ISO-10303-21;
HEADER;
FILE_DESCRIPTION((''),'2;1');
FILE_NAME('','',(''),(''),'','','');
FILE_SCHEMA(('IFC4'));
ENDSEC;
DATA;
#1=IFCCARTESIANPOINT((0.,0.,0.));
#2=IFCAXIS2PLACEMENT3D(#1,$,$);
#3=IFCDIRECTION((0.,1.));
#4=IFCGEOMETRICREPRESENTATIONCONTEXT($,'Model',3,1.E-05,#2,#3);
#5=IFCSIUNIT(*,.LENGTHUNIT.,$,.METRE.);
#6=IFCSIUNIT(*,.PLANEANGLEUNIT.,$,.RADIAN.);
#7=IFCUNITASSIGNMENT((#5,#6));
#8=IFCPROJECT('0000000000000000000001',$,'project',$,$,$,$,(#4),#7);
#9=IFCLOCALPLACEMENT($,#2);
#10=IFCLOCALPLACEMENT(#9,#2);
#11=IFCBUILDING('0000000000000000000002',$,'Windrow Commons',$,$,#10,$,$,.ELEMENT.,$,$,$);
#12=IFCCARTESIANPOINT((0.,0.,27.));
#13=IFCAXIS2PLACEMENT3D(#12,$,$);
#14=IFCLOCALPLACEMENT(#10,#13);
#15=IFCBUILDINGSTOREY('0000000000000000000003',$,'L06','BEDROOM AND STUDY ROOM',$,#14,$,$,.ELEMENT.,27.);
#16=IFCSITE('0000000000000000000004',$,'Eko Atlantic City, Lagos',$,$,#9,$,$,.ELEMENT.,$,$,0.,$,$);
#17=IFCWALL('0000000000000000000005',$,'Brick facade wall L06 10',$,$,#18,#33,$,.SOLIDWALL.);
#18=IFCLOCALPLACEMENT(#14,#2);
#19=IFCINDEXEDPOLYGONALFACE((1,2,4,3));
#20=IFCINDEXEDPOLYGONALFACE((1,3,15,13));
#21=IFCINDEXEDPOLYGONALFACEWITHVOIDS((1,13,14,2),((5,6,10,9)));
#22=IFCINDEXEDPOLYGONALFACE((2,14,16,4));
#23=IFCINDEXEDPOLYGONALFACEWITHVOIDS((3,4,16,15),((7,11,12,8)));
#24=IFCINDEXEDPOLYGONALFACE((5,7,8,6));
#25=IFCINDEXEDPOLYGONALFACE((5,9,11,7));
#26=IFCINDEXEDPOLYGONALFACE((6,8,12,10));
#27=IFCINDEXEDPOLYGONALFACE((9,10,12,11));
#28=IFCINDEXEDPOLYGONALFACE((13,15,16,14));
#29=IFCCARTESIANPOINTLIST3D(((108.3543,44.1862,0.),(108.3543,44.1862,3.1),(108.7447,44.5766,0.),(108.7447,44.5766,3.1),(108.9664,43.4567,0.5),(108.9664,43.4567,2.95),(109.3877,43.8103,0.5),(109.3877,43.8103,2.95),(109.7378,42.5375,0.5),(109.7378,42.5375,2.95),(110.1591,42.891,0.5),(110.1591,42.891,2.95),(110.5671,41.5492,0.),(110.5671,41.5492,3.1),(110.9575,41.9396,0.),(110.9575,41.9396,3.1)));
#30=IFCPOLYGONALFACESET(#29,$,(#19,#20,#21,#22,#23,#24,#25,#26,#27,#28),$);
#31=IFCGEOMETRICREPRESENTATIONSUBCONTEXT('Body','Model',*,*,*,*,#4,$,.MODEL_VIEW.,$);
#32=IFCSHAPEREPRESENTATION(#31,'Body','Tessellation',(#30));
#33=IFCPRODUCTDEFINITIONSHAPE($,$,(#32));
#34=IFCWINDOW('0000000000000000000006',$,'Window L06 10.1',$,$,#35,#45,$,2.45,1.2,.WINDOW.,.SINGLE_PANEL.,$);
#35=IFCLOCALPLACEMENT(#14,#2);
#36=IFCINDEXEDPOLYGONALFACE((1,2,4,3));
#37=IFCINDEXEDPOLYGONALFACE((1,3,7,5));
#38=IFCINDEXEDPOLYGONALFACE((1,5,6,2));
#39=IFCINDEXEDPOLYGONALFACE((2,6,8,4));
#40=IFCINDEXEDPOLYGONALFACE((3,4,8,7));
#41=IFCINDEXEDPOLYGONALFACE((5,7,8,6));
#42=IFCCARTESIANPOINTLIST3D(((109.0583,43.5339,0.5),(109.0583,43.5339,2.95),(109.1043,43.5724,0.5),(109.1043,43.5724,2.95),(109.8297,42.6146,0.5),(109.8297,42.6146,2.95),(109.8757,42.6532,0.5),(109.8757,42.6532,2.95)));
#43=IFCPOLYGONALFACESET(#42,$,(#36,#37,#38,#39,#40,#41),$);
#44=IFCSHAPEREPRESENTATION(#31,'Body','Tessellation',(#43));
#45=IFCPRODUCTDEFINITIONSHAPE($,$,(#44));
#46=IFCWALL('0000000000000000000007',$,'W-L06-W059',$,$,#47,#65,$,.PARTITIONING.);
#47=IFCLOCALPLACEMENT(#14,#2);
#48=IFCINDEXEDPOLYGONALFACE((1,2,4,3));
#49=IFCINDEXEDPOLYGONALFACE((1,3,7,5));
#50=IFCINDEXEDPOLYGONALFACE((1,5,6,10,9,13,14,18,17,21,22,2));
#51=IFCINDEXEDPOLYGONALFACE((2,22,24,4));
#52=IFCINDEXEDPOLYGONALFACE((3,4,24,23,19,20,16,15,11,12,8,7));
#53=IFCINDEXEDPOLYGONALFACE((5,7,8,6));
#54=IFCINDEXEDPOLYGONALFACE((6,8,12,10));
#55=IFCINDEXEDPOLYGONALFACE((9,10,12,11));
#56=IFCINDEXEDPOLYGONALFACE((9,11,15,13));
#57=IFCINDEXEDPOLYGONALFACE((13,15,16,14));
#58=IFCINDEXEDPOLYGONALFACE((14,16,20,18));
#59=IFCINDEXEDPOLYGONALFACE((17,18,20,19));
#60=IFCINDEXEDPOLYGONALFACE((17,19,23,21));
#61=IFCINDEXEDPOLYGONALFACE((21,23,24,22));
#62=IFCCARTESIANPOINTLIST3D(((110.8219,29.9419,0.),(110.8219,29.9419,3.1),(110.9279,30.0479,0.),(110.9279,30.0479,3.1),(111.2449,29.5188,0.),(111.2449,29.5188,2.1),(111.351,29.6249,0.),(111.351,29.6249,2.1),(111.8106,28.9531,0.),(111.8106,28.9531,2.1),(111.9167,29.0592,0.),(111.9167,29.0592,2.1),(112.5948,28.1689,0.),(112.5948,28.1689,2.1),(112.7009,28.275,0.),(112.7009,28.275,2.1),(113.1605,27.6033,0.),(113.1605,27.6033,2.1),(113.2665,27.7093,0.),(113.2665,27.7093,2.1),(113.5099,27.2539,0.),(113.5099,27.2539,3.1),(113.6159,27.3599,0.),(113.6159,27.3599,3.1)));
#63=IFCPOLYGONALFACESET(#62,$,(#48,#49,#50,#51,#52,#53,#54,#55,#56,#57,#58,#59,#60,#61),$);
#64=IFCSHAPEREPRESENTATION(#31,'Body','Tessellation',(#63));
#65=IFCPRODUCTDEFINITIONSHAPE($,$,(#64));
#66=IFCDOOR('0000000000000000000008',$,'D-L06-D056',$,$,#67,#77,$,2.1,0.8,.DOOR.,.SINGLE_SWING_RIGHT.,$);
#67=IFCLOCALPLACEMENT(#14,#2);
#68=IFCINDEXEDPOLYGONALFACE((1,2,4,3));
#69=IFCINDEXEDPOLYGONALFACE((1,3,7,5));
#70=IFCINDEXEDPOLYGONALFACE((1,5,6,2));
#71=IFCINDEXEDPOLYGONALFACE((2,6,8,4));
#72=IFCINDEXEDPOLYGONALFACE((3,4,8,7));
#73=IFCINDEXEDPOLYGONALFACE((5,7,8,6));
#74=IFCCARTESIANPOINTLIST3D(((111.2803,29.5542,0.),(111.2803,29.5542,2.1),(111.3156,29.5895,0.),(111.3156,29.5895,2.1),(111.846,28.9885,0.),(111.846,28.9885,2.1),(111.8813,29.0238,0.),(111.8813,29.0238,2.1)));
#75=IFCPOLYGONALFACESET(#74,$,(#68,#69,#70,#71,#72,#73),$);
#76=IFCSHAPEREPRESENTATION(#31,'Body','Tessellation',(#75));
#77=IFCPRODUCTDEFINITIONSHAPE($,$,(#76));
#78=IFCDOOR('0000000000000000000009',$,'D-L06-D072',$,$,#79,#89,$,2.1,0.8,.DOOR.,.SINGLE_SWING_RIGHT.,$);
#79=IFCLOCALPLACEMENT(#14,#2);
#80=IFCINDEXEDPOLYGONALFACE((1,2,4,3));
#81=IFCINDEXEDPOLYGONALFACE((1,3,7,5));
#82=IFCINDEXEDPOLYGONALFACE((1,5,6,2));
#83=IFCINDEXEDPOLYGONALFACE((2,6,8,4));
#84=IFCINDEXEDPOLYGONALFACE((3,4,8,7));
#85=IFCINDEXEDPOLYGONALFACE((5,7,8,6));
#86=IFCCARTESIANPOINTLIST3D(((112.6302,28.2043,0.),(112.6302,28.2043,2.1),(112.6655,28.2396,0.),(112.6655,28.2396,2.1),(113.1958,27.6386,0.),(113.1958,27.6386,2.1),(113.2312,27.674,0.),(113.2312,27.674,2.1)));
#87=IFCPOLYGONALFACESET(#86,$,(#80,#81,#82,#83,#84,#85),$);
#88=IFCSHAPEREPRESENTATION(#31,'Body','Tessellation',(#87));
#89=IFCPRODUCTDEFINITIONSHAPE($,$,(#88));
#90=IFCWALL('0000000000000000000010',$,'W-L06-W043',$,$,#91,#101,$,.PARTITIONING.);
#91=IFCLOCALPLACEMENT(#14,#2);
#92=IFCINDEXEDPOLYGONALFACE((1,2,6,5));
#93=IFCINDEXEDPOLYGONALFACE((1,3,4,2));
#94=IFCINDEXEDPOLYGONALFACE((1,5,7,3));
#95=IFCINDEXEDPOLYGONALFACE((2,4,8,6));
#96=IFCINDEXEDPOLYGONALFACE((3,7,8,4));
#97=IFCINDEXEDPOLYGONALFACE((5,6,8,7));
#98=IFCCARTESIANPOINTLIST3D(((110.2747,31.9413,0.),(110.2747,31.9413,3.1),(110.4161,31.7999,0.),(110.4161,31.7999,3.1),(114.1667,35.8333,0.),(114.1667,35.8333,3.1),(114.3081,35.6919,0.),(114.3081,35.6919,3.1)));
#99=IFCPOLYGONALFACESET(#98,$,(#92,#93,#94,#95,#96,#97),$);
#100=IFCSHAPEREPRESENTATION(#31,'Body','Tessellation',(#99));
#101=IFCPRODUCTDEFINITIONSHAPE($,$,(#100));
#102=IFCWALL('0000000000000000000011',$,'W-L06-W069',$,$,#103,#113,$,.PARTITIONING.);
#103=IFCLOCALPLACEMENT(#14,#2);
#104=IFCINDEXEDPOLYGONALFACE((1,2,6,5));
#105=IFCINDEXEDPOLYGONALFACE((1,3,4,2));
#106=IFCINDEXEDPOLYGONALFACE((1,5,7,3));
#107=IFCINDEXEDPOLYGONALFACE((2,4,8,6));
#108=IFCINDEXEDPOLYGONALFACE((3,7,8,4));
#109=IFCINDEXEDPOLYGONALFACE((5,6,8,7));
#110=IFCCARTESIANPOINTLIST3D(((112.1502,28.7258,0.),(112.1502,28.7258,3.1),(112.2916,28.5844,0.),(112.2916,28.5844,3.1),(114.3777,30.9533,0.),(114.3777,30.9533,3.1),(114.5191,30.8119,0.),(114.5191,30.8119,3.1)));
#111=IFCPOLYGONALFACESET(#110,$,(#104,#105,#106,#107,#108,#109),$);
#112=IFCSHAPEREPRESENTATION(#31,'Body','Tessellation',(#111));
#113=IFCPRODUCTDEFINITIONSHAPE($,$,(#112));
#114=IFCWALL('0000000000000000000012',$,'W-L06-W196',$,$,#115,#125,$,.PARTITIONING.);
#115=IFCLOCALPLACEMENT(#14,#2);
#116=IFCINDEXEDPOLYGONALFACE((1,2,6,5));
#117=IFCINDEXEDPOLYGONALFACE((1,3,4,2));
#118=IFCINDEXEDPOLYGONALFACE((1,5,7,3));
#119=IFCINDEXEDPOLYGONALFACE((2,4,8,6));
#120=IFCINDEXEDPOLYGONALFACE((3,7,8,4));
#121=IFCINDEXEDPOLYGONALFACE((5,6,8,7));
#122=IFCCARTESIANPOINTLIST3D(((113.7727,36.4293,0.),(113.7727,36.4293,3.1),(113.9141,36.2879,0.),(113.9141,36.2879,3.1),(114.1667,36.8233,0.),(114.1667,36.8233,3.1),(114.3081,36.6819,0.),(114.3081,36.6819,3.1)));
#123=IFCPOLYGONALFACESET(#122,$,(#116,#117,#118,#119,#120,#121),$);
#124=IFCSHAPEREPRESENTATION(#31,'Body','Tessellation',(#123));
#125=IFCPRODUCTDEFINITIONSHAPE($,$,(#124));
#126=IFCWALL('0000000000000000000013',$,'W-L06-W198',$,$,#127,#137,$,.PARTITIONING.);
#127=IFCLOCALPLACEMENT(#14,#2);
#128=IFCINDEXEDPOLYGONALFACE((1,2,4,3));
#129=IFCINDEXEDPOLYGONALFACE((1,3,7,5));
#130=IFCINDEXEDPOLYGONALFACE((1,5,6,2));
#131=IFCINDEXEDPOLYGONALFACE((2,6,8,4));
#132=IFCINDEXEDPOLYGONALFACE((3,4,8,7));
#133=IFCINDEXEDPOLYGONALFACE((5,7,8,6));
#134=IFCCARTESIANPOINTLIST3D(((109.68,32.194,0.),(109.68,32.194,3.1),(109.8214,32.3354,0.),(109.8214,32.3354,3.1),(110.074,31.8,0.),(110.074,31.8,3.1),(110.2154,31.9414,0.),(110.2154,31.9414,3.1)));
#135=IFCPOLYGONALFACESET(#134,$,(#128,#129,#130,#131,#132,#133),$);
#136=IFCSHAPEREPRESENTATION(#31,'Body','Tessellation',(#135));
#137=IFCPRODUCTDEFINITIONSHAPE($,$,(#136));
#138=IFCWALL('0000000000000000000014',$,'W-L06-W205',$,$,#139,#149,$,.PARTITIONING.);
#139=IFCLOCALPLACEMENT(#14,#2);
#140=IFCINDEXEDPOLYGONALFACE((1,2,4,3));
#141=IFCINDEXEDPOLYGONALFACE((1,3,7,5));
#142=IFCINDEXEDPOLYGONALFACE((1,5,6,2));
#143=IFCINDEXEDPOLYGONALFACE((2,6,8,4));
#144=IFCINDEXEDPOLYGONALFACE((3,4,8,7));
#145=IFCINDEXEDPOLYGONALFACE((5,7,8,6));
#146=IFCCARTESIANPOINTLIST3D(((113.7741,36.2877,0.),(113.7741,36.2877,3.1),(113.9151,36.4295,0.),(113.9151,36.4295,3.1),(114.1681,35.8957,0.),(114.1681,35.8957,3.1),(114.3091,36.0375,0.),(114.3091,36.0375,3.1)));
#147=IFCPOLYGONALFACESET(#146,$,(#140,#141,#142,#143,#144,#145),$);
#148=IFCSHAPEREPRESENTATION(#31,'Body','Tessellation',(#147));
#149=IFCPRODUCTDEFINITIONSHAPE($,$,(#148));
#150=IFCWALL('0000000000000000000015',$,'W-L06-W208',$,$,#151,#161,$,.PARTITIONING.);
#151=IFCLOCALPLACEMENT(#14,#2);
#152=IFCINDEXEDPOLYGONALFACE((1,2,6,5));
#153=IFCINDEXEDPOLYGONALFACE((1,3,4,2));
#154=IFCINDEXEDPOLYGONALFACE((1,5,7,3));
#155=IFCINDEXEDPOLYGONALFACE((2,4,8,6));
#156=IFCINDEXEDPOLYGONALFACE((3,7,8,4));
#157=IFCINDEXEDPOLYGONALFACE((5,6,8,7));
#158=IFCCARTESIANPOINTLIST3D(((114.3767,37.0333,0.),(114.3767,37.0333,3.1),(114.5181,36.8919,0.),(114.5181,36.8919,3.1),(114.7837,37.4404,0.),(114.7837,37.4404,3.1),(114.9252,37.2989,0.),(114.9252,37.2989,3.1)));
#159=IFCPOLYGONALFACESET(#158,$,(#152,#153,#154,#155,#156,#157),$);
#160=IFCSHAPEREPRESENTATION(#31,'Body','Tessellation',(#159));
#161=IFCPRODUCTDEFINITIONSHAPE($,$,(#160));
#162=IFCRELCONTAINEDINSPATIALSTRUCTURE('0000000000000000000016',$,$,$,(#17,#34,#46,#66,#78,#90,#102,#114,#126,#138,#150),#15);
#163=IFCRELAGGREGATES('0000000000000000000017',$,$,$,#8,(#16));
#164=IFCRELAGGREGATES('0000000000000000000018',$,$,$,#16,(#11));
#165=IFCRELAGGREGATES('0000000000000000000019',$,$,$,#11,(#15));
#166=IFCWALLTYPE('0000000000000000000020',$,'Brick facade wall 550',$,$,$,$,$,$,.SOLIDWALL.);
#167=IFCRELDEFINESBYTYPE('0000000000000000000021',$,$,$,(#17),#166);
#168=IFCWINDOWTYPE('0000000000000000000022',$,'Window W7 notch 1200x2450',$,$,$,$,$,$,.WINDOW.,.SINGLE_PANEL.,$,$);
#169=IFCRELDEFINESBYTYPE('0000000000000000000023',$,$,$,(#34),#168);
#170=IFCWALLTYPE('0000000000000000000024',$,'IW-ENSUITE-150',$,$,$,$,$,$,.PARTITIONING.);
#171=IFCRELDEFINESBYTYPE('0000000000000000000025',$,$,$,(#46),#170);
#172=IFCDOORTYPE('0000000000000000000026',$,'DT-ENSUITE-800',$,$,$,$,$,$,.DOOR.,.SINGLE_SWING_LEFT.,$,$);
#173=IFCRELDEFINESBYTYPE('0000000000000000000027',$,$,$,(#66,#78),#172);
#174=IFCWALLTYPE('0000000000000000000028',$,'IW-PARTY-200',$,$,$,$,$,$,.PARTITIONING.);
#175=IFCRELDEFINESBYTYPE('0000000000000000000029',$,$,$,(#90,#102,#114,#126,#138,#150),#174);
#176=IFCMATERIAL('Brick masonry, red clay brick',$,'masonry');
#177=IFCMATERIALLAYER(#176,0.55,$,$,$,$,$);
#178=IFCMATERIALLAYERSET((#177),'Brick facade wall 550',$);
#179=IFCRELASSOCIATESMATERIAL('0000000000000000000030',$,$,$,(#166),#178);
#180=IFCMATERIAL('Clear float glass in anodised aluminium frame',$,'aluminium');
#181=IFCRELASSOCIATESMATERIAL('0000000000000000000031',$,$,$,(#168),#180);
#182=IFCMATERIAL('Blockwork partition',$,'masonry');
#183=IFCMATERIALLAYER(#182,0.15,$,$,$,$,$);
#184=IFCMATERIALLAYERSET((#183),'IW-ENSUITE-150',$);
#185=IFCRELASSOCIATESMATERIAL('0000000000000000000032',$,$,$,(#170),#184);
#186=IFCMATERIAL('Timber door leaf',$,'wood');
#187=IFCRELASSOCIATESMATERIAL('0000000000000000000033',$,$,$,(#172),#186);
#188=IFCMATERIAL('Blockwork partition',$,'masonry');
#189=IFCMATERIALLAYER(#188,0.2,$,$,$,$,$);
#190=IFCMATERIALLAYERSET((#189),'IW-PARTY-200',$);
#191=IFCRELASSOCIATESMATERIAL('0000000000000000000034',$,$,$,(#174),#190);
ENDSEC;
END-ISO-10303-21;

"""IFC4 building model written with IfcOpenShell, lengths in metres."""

from ifc_helpers import new_model, si_unit, direction, frame, frame_2d, origin, place, context, subcontext, project, spatial, polyline, rectangle, outline, extrude, material, layer, layer_set, type_object, element, fill, save


model = new_model("IFC4")

# Units and contexts
model_context = context("Model", 3, precision=1e-05, world=origin(), true_north=direction((0.0, 1.0)))
body_context = subcontext(model_context, "Body", "Model", "MODEL_VIEW")
ifc_project = project(units=[si_unit("LENGTHUNIT", "METRE"), si_unit("PLANEANGLEUNIT", "RADIAN")], contexts=[model_context])

# Site, building, storey
site_placement = place(None, origin())
site = spatial("IfcSite", under=ifc_project, at=site_placement, Name="Eko Atlantic City, Lagos", CompositionType="ELEMENT", RefElevation=0.0)
building_placement = place(site_placement, origin())
building = spatial("IfcBuilding", under=site, at=building_placement, Name="Windrow Commons", CompositionType="ELEMENT")
storey_placement = place(building_placement, frame((0.0, 0.0, 27.0)))
storey = spatial("IfcBuildingStorey", under=building, at=storey_placement, Name="L06", Description="BEDROOM AND STUDY ROOM", CompositionType="ELEMENT", Elevation=27.0)

# Wall, opening, window
ifc_material_1 = material(Name="Brick masonry, red clay brick", Category="masonry")
ifc_layer_1 = layer(ifc_material_1, 0.55)
ifc_layer_set_1 = layer_set([ifc_layer_1], Name="Brick facade wall 550")
wall_type_1 = type_object("IfcWallType", Name="Brick facade wall 550", PredefinedType="SOLIDWALL", material=ifc_layer_set_1)
ifc_material_2 = material(Name="Clear float glass in anodised aluminium frame", Category="aluminium")
window_type_1 = type_object("IfcWindowType", Name="Window W7 notch 1200x2450", PartitioningType="SINGLE_PANEL", PredefinedType="WINDOW", material=ifc_material_2)
wall_1_placement = place(storey_placement, frame((110.7623, 41.7444, 0.0), z_axis=(0.0, 0.0, 1.0), x_axis=(-0.642804, 0.766031, 0.0)))
wall_1 = element("IfcWall", 1, at=wall_1_placement, inside=storey, type_object=wall_type_1, Name="Brick facade wall L06 10", PredefinedType="SOLIDWALL", context=body_context, shape_type="SweptSolid", body=[
    extrude(outline(polyline([(0.0241, -0.275), (3.4665, -0.275), (3.4184, 0.275), (-0.0241, 0.275), (0.0241, -0.275)])), origin(), (0.0, 0.0, 1.0), 3.1),
])
opening_1_placement = place(wall_1_placement, frame((1.2661, 0.0, 0.5)))
opening_1 = element("IfcOpeningElement", 2, at=opening_1_placement, cuts=wall_1, PredefinedType="OPENING", context=body_context, shape_type="SweptSolid", body=[
    extrude(rectangle(XDim=1.2, YDim=2.45, at=frame_2d((0.6, 1.225))), frame((0.0, 0.285, 0.0), z_axis=(0.0, -1.0, 0.0), x_axis=(1.0, 0.0, 0.0)), (0.0, 0.0, 1.0), 0.57),
])
window_1_placement = place(opening_1_placement, origin())
window_1 = element("IfcWindow", 3, at=window_1_placement, inside=storey, type_object=window_type_1, Name="Window L06 10.1", OverallHeight=2.45, OverallWidth=1.2, PartitioningType="SINGLE_PANEL", PredefinedType="WINDOW", context=body_context, shape_type="SweptSolid", body=[
    extrude(rectangle(XDim=1.2, YDim=2.45, at=frame_2d((0.6, 1.225))), frame((0.0, 0.155, 0.0), z_axis=(0.0, -1.0, 0.0), x_axis=(1.0, 0.0, 0.0)), (0.0, 0.0, 1.0), 0.06),
])
fill(opening_1, window_1)

# Wall, openings, doors
ifc_material_3 = material(Name="Blockwork partition", Category="masonry")
ifc_layer_2 = layer(ifc_material_3, 0.15)
ifc_layer_set_2 = layer_set([ifc_layer_2], Name="IW-ENSUITE-150")
wall_type_2 = type_object("IfcWallType", Name="IW-ENSUITE-150", PredefinedType="PARTITIONING", material=ifc_layer_set_2)
wall_2_placement = place(storey_placement, frame((110.8749, 29.9949, 0.0), z_axis=(0.0, 0.0, 1.0), x_axis=(0.707107, -0.707107, 0.0)))
wall_2 = element("IfcWall", 4, at=wall_2_placement, inside=storey, type_object=wall_type_2, Name="W-L06-W059", PredefinedType="PARTITIONING", context=body_context, shape_type="SweptSolid", body=[
    extrude(rectangle(XDim=3.8014, YDim=0.15, at=frame_2d((1.9007, 0.0))), origin(), (0.0, 0.0, 1.0), 3.1),
])
opening_2_placement = place(wall_2_placement, frame((0.5983, 0.0, 0.0)))
opening_2 = element("IfcOpeningElement", 5, at=opening_2_placement, cuts=wall_2, PredefinedType="OPENING", context=body_context, shape_type="SweptSolid", body=[
    extrude(rectangle(XDim=0.8, YDim=2.1, at=frame_2d((0.4, 1.05))), frame((0.0, 0.085, 0.0), z_axis=(0.0, -1.0, 0.0), x_axis=(1.0, 0.0, 0.0)), (0.0, 0.0, 1.0), 0.17),
])
opening_3_placement = place(wall_2_placement, frame((2.5073, 0.0, 0.0)))
opening_3 = element("IfcOpeningElement", 6, at=opening_3_placement, cuts=wall_2, PredefinedType="OPENING", context=body_context, shape_type="SweptSolid", body=[
    extrude(rectangle(XDim=0.8, YDim=2.1, at=frame_2d((0.4, 1.05))), frame((0.0, 0.085, 0.0), z_axis=(0.0, -1.0, 0.0), x_axis=(1.0, 0.0, 0.0)), (0.0, 0.0, 1.0), 0.17),
])
ifc_material_4 = material(Name="Timber door leaf", Category="wood")
door_type = type_object("IfcDoorType", Name="DT-ENSUITE-800", OperationType="SINGLE_SWING_LEFT", PredefinedType="DOOR", material=ifc_material_4)
door_1_placement = place(opening_2_placement, origin())
door_1 = element("IfcDoor", 7, at=door_1_placement, inside=storey, type_object=door_type, Name="D-L06-D056", OperationType="SINGLE_SWING_RIGHT", OverallHeight=2.1, OverallWidth=0.8, PredefinedType="DOOR", context=body_context, shape_type="SweptSolid", body=[
    extrude(rectangle(XDim=0.8, YDim=2.1, at=frame_2d((0.4, 1.05))), frame((0.0, 0.025, 0.0), z_axis=(0.0, -1.0, 0.0), x_axis=(1.0, 0.0, 0.0)), (0.0, 0.0, 1.0), 0.05),
])
fill(opening_2, door_1)
door_2_placement = place(opening_3_placement, origin())
door_2 = element("IfcDoor", 8, at=door_2_placement, inside=storey, type_object=door_type, Name="D-L06-D072", OperationType="SINGLE_SWING_RIGHT", OverallHeight=2.1, OverallWidth=0.8, PredefinedType="DOOR", context=body_context, shape_type="SweptSolid", body=[
    extrude(rectangle(XDim=0.8, YDim=2.1, at=frame_2d((0.4, 1.05))), frame((0.0, 0.025, 0.0), z_axis=(0.0, -1.0, 0.0), x_axis=(1.0, 0.0, 0.0)), (0.0, 0.0, 1.0), 0.05),
])
fill(opening_3, door_2)

# Walls
ifc_material_5 = material(Name="Blockwork partition", Category="masonry")
ifc_layer_3 = layer(ifc_material_5, 0.2)
ifc_layer_set_3 = layer_set([ifc_layer_3], Name="IW-PARTY-200")
wall_type_3 = type_object("IfcWallType", Name="IW-PARTY-200", PredefinedType="PARTITIONING", material=ifc_layer_set_3)
wall_3_placement = place(storey_placement, frame((110.3454, 31.8706, 0.0), z_axis=(0.0, 0.0, 1.0), x_axis=(0.707107, 0.707107, 0.0)))
element("IfcWall", 9, at=wall_3_placement, inside=storey, type_object=wall_type_3, Name="W-L06-W043", PredefinedType="PARTITIONING", context=body_context, shape_type="SweptSolid", body=[
    extrude(rectangle(XDim=5.5041, YDim=0.2, at=frame_2d((2.7521, 0.0))), origin(), (0.0, 0.0, 1.0), 3.1),
])
wall_4_placement = place(storey_placement, frame((112.2209, 28.6551, 0.0), z_axis=(0.0, 0.0, 1.0), x_axis=(0.707107, 0.707107, 0.0)))
element("IfcWall", 10, at=wall_4_placement, inside=storey, type_object=wall_type_3, Name="W-L06-W069", PredefinedType="PARTITIONING", context=body_context, shape_type="SweptSolid", body=[
    extrude(rectangle(XDim=3.1502, YDim=0.2, at=frame_2d((1.5751, 0.0))), origin(), (0.0, 0.0, 1.0), 3.1),
])
for number, where, z_axis, x_axis, name in (
    (11, (113.8434, 36.3586, 0.0), (0.0, 0.0, 1.0), (0.707107, 0.707107, 0.0), "W-L06-W196"),
    (12, (109.7507, 32.2647, 0.0), (0.0, 0.0, 1.0), (0.707107, -0.707107, 0.0), "W-L06-W198"),
):
    element("IfcWall", number, at=place(storey_placement, frame(where, z_axis=z_axis, x_axis=x_axis)), inside=storey, type_object=wall_type_3, Name=name, PredefinedType="PARTITIONING", context=body_context, shape_type="SweptSolid", body=[
        extrude(rectangle(XDim=0.5572, YDim=0.2, at=frame_2d((0.2786, 0.0))), origin(), (0.0, 0.0, 1.0), 3.1),
    ])
wall_5_placement = place(storey_placement, frame((113.8446, 36.3586, 0.0), z_axis=(0.0, 0.0, 1.0), x_axis=(0.708904, -0.705305, 0.0)))
element("IfcWall", 13, at=wall_5_placement, inside=storey, type_object=wall_type_3, Name="W-L06-W205", PredefinedType="PARTITIONING", context=body_context, shape_type="SweptSolid", body=[
    extrude(rectangle(XDim=0.5558, YDim=0.2, at=frame_2d((0.2779, 0.0))), origin(), (0.0, 0.0, 1.0), 3.1),
])
wall_6_placement = place(storey_placement, frame((114.4474, 36.9626, 0.0), z_axis=(0.0, 0.0, 1.0), x_axis=(0.707107, 0.707107, 0.0)))
element("IfcWall", 14, at=wall_6_placement, inside=storey, type_object=wall_type_3, Name="W-L06-W208", PredefinedType="PARTITIONING", context=body_context, shape_type="SweptSolid", body=[
    extrude(rectangle(XDim=0.5757, YDim=0.2, at=frame_2d((0.2878, 0.0))), origin(), (0.0, 0.0, 1.0), 3.1),
])

save(model, "model.ifc")
